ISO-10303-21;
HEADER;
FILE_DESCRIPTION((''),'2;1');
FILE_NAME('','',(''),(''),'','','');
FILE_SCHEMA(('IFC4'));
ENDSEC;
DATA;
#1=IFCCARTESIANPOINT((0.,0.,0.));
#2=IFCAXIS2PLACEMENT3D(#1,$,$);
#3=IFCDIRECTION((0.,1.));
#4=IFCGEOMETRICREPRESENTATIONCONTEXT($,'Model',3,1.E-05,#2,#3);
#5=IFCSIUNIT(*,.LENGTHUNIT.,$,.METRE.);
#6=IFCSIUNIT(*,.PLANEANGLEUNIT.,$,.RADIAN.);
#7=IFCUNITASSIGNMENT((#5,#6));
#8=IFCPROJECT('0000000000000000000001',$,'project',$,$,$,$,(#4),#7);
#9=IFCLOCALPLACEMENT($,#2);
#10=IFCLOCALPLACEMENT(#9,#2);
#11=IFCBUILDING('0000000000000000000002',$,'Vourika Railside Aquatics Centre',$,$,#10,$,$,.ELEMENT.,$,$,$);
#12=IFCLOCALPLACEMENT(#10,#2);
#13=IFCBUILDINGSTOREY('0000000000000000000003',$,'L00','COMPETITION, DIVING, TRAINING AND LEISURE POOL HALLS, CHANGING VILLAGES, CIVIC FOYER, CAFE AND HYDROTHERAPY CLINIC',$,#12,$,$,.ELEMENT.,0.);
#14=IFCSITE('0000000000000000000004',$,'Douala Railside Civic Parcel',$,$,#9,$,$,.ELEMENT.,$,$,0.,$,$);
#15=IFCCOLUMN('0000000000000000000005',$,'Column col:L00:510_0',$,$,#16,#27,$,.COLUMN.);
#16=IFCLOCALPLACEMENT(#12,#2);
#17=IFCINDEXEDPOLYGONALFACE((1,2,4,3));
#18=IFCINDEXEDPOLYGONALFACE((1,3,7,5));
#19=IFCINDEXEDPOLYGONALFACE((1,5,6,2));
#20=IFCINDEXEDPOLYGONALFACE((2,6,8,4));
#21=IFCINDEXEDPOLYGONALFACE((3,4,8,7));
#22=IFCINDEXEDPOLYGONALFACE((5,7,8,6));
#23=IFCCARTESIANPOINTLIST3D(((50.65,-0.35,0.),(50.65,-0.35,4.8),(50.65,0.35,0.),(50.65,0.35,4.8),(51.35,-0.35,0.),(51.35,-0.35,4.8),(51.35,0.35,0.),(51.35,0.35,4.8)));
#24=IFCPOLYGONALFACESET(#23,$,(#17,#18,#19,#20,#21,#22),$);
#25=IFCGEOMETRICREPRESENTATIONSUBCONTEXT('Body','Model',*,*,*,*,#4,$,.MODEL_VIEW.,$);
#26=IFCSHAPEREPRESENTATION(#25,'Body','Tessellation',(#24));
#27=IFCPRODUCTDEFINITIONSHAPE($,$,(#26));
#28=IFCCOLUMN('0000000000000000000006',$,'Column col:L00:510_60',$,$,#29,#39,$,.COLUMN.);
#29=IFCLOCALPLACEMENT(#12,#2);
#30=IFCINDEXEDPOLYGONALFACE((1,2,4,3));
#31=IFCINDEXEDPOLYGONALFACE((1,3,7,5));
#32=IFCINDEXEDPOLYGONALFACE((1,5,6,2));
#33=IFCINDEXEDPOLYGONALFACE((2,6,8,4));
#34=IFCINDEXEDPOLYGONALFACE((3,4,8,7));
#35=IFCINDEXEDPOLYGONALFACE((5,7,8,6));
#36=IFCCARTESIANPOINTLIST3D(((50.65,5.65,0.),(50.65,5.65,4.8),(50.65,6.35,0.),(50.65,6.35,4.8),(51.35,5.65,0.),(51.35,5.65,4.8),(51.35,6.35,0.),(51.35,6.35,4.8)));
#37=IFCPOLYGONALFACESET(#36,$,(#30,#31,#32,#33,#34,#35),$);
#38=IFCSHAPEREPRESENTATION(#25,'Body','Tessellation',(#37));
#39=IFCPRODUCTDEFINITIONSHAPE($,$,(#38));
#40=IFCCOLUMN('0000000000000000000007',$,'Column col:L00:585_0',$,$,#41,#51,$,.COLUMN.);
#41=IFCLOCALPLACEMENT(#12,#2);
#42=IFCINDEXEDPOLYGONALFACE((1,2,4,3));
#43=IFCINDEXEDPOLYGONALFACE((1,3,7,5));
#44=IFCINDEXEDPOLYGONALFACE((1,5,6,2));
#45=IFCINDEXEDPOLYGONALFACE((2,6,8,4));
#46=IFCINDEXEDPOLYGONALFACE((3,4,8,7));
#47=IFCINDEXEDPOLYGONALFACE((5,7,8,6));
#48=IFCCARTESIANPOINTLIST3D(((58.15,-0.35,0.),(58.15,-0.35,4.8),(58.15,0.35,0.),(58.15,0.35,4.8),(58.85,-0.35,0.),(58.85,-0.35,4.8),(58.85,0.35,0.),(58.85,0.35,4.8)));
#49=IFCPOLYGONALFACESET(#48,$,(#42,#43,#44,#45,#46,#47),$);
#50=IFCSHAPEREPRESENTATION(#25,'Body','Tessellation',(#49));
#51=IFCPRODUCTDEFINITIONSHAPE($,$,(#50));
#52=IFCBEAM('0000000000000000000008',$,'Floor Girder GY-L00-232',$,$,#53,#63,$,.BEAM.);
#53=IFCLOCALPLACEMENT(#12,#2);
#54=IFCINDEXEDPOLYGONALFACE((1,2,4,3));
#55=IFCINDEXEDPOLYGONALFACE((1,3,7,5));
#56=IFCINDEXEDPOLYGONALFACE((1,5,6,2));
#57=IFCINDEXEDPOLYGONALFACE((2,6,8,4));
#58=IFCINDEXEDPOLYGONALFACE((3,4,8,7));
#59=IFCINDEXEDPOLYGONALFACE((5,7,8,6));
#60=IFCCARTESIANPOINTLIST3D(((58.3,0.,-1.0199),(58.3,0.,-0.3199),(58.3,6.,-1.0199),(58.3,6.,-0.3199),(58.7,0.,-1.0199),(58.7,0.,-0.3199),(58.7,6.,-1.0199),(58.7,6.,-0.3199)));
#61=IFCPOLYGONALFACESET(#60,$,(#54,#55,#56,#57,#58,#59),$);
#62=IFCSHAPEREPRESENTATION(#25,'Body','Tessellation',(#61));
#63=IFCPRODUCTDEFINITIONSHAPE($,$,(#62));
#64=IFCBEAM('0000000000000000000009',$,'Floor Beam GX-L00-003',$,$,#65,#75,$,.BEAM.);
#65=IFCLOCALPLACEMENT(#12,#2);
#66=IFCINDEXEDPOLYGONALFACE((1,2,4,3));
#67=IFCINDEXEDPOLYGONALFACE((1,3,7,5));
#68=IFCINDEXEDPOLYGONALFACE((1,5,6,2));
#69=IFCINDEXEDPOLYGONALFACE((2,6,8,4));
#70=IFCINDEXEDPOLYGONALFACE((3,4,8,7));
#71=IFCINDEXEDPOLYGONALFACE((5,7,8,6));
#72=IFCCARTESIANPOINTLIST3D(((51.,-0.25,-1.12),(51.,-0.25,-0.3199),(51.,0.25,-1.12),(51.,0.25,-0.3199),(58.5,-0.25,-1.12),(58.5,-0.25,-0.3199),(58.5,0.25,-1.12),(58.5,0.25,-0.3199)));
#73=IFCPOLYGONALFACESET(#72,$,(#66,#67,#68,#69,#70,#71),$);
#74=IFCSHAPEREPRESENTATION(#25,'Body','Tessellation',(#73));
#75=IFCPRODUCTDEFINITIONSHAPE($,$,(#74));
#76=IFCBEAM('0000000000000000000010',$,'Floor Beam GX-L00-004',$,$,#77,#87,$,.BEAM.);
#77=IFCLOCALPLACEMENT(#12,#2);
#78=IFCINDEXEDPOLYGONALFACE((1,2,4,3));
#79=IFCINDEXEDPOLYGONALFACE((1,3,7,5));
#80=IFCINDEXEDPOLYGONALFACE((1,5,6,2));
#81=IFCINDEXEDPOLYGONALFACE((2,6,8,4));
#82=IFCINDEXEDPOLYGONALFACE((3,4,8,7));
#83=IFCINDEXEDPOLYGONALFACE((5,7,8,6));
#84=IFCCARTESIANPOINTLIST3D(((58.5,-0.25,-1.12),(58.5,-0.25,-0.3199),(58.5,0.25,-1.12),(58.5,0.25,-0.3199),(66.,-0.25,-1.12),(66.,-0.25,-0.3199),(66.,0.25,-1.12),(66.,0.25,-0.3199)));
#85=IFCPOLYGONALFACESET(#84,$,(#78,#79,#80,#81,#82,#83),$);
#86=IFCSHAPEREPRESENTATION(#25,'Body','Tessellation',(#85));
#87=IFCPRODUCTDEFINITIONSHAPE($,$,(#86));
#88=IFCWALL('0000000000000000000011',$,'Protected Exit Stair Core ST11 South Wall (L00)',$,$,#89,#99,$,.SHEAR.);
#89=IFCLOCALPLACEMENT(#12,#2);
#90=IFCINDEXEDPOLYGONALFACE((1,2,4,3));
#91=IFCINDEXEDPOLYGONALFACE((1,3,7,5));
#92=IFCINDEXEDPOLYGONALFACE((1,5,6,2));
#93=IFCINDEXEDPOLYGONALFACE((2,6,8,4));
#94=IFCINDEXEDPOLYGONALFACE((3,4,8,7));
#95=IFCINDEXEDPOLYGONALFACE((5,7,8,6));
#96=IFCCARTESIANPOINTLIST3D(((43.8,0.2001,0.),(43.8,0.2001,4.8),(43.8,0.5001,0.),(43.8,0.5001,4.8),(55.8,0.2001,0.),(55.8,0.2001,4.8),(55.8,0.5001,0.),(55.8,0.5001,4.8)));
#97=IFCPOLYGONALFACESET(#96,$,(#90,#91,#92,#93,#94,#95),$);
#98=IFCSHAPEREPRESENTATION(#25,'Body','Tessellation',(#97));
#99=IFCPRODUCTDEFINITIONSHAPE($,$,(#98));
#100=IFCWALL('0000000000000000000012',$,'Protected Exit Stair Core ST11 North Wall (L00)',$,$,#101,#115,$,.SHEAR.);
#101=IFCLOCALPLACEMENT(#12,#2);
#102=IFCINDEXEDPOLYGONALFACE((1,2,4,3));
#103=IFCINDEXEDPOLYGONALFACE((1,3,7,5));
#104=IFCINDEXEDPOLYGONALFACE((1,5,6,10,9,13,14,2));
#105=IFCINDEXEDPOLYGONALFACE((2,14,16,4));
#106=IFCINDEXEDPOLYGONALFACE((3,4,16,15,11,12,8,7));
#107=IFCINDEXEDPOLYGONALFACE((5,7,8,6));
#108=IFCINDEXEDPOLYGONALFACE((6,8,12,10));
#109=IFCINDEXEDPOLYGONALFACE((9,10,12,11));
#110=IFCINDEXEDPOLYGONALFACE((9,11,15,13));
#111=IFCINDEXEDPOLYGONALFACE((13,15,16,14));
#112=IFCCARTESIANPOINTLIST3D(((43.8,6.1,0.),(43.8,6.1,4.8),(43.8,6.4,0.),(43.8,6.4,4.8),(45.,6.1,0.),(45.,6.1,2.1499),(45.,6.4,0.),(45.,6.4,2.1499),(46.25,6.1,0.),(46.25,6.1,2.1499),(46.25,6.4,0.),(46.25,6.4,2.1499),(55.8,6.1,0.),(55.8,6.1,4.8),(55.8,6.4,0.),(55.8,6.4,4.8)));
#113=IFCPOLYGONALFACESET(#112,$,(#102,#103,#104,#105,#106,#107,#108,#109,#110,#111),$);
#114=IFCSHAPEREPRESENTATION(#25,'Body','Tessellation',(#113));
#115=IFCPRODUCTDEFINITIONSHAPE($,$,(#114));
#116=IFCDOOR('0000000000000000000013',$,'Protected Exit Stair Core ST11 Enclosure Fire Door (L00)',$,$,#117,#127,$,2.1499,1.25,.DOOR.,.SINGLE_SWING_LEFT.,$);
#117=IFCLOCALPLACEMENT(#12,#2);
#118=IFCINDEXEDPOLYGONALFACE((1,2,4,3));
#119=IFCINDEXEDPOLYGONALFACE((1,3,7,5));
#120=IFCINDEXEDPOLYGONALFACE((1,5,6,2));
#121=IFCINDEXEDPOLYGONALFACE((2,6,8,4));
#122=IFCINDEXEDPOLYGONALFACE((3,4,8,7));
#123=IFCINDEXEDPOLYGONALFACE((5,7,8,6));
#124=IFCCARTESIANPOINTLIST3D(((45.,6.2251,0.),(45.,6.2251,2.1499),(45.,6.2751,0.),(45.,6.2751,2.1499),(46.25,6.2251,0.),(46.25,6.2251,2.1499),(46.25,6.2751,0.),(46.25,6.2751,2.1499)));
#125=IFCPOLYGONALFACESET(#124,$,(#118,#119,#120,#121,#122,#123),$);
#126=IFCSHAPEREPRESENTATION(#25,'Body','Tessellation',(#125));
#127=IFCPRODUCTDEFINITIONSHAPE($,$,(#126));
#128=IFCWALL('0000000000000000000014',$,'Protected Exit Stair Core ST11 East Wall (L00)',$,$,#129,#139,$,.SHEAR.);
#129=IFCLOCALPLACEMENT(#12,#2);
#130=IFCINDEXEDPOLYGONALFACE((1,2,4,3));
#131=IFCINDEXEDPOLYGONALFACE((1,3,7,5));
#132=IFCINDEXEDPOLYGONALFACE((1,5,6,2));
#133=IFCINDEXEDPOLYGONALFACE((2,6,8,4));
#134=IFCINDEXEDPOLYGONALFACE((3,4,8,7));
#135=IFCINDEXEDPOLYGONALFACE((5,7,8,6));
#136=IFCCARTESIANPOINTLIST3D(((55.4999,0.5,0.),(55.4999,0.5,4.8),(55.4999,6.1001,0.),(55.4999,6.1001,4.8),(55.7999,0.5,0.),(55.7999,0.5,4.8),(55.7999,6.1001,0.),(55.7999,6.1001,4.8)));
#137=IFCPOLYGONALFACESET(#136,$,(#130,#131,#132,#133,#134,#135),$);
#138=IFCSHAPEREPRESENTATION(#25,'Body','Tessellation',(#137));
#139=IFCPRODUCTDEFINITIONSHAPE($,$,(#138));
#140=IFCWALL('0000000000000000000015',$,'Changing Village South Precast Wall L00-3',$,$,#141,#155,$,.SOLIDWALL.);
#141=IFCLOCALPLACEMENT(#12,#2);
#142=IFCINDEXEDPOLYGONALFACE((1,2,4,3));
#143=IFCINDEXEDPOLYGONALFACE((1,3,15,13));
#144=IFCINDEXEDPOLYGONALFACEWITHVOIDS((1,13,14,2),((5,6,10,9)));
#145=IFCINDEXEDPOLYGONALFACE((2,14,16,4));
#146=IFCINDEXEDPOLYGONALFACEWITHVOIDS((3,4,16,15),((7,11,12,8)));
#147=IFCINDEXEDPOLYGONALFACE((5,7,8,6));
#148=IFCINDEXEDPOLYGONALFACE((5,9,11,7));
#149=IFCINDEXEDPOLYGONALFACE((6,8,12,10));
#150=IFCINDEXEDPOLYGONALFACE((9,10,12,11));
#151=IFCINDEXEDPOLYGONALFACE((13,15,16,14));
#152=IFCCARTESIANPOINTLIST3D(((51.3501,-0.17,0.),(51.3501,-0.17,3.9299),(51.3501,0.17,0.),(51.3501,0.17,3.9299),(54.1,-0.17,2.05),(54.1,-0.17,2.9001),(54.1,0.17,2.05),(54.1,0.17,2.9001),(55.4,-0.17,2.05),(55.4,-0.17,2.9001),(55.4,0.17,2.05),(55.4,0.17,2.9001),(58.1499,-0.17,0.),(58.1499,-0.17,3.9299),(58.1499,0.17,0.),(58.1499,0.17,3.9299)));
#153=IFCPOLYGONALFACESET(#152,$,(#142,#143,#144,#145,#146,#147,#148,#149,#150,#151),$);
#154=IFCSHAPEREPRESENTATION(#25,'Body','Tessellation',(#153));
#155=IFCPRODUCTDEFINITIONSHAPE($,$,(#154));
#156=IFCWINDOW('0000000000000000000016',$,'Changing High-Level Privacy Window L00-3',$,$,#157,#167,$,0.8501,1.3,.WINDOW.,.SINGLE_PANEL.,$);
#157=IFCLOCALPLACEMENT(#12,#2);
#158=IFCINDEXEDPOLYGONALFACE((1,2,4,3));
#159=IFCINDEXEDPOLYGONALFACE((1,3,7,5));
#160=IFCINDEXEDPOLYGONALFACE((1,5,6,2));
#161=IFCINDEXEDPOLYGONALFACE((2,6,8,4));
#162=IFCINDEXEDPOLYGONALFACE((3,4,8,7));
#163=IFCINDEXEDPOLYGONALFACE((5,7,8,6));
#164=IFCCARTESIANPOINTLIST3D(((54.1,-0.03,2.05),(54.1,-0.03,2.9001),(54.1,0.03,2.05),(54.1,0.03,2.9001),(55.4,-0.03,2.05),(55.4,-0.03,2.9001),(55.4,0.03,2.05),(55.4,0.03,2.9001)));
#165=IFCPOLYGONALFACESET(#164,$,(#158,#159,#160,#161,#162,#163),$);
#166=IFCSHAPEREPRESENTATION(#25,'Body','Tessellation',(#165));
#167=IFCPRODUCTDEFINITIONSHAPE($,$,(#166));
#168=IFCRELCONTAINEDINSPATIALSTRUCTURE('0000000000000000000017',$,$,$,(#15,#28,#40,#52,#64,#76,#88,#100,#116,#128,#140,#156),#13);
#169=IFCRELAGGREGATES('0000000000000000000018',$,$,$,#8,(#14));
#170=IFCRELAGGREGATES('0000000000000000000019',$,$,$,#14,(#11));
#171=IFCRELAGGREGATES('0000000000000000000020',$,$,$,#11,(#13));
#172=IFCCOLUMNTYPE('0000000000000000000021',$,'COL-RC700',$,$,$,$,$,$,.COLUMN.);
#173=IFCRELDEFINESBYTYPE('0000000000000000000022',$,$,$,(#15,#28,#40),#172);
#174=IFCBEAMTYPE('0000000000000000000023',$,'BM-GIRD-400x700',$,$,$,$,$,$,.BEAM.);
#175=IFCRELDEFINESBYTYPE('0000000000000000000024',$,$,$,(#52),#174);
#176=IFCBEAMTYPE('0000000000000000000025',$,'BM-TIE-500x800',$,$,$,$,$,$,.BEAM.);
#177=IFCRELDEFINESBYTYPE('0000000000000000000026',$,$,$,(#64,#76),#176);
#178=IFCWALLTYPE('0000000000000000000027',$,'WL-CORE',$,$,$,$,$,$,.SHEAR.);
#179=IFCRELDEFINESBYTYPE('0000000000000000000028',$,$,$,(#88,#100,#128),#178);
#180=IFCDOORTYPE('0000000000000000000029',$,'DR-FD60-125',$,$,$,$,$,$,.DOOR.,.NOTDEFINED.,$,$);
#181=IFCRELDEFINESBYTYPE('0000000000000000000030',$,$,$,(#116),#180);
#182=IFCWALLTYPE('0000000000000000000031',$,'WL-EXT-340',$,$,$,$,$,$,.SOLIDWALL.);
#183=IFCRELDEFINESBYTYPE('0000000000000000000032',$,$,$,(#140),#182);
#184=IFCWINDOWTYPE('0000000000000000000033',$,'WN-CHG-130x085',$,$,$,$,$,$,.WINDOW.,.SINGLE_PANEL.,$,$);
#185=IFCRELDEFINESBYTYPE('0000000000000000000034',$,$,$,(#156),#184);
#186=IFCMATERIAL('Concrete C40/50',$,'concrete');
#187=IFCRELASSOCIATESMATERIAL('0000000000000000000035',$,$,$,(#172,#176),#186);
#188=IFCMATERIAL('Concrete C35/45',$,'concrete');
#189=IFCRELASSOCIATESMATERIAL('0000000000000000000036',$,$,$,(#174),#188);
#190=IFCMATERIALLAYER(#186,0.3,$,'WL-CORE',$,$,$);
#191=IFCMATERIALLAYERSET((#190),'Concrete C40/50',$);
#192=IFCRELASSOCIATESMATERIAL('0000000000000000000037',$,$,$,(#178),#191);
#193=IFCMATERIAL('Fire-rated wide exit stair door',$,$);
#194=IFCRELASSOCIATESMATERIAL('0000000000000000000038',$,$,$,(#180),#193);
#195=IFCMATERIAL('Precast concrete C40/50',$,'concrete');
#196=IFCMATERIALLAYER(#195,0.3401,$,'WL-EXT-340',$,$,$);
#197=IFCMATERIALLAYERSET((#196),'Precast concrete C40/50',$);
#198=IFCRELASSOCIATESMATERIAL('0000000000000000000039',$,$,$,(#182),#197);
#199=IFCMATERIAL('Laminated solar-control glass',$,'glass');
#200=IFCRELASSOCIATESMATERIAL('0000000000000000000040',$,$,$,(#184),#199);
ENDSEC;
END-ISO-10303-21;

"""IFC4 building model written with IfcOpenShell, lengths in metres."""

from ifc_helpers import new_model, si_unit, direction, frame, frame_2d, origin, origin_2d, place, context, subcontext, project, spatial, rectangle, extrude, material, layer, layer_set, material_profile, profile_set, type_object, element, fill, save


model = new_model("IFC4")

# Units and contexts
model_context = context("Model", 3, precision=1e-05, world=origin(), true_north=direction((0.0, 1.0)))
body_context = subcontext(model_context, "Body", "Model", "MODEL_VIEW")
ifc_project = project(units=[si_unit("LENGTHUNIT", "METRE"), si_unit("PLANEANGLEUNIT", "RADIAN")], contexts=[model_context])

# Site, building, storey
site_placement = place(None, origin())
site = spatial("IfcSite", under=ifc_project, at=site_placement, Name="Douala Railside Civic Parcel", CompositionType="ELEMENT", RefElevation=0.0)
building_placement = place(site_placement, origin())
building = spatial("IfcBuilding", under=site, at=building_placement, Name="Vourika Railside Aquatics Centre", CompositionType="ELEMENT")
storey_placement = place(building_placement, origin())
storey = spatial("IfcBuildingStorey", under=building, at=storey_placement, Name="L00", Description="COMPETITION, DIVING, TRAINING AND LEISURE POOL HALLS, CHANGING VILLAGES, CIVIC FOYER, CAFE AND HYDROTHERAPY CLINIC", CompositionType="ELEMENT", Elevation=0.0)

# Columns
ifc_material_1 = material(Name="Concrete C40/50", Category="concrete")
ifc_material_profile_1 = material_profile(ifc_material_1, rectangle(XDim=0.7, YDim=0.7, at=origin_2d()), Name="RC 700x700")
ifc_profile_set_1 = profile_set([ifc_material_profile_1], Name="Concrete C40/50")
column_type = type_object("IfcColumnType", Name="COL-RC700", PredefinedType="COLUMN", material=ifc_profile_set_1)
for number, where, z_axis, x_axis, name in (
    (1, (51.0, 0.0, 0.0), (0.0, 0.0, 1.0), (1.0, 0.0, 0.0), "Column col:L00:510_0"),
    (2, (51.0, 6.0, 0.0), (0.0, 0.0, 1.0), (1.0, 0.0, 0.0), "Column col:L00:510_60"),
    (3, (58.5, 0.0, 0.0), (0.0, 0.0, 1.0), (1.0, 0.0, 0.0), "Column col:L00:585_0"),
):
    element("IfcColumn", number, at=place(storey_placement, frame(where, z_axis=z_axis, x_axis=x_axis)), inside=storey, type_object=column_type, Name=name, PredefinedType="COLUMN", context=body_context, shape_type="SweptSolid", body=[
        extrude(rectangle(XDim=0.7, YDim=0.7, at=origin_2d()), origin(), (0.0, 0.0, 1.0), 4.8),
    ])

# Beams
ifc_material_2 = material(Name="Concrete C35/45", Category="concrete")
ifc_material_profile_2 = material_profile(ifc_material_2, rectangle(XDim=0.3999, YDim=0.7, at=origin_2d()), Name="RC 400x700")
ifc_profile_set_2 = profile_set([ifc_material_profile_2], Name="Concrete C35/45")
beam_type_1 = type_object("IfcBeamType", Name="BM-GIRD-400x700", PredefinedType="BEAM", material=ifc_profile_set_2)
beam_placement = place(storey_placement, frame((58.5, 0.0, -0.6699), z_axis=(0.0, 1.0, 0.0), x_axis=(-1.0, 0.0, 0.0)))
element("IfcBeam", 4, at=beam_placement, inside=storey, type_object=beam_type_1, Name="Floor Girder GY-L00-232", PredefinedType="BEAM", context=body_context, shape_type="SweptSolid", body=[
    extrude(rectangle(XDim=0.3999, YDim=0.7, at=origin_2d()), origin(), (0.0, 0.0, 1.0), 6.0),
])
ifc_material_profile_3 = material_profile(ifc_material_1, rectangle(XDim=0.5, YDim=0.8, at=origin_2d()), Name="RC 500x800")
ifc_profile_set_3 = profile_set([ifc_material_profile_3], Name="Concrete C40/50")
beam_type_2 = type_object("IfcBeamType", Name="BM-TIE-500x800", PredefinedType="BEAM", material=ifc_profile_set_3)
for number, where, z_axis, x_axis, name in (
    (5, (51.0, 0.0, -0.72), (1.0, 0.0, 0.0), (0.0, 1.0, 0.0), "Floor Beam GX-L00-003"),
    (6, (58.5, 0.0, -0.72), (1.0, 0.0, 0.0), (0.0, 1.0, 0.0), "Floor Beam GX-L00-004"),
):
    element("IfcBeam", number, at=place(storey_placement, frame(where, z_axis=z_axis, x_axis=x_axis)), inside=storey, type_object=beam_type_2, Name=name, PredefinedType="BEAM", context=body_context, shape_type="SweptSolid", body=[
        extrude(rectangle(XDim=0.5, YDim=0.8, at=origin_2d()), origin(), (0.0, 0.0, 1.0), 7.5),
    ])

# Wall
ifc_layer_1 = layer(ifc_material_1, 0.3, Name="WL-CORE")
ifc_layer_set_1 = layer_set([ifc_layer_1], Name="Concrete C40/50")
wall_type_1 = type_object("IfcWallType", Name="WL-CORE", PredefinedType="SHEAR", material=ifc_layer_set_1)
wall_1_placement = place(storey_placement, frame((55.8, 0.3501, 0.0), z_axis=(0.0, 0.0, 1.0), x_axis=(-1.0, 0.0, 0.0)))
element("IfcWall", 7, at=wall_1_placement, inside=storey, type_object=wall_type_1, Name="Protected Exit Stair Core ST11 South Wall (L00)", PredefinedType="SHEAR", context=body_context, shape_type="SweptSolid", body=[
    extrude(rectangle(XDim=12.0, YDim=0.3, at=frame_2d((6.0, 0.0))), origin(), (0.0, 0.0, 1.0), 4.8),
])

# Wall, opening, door
wall_2_placement = place(storey_placement, frame((55.8, 6.25, 0.0), z_axis=(0.0, 0.0, 1.0), x_axis=(-1.0, 0.0, 0.0)))
wall_2 = element("IfcWall", 8, at=wall_2_placement, inside=storey, type_object=wall_type_1, Name="Protected Exit Stair Core ST11 North Wall (L00)", PredefinedType="SHEAR", context=body_context, shape_type="SweptSolid", body=[
    extrude(rectangle(XDim=12.0, YDim=0.3, at=frame_2d((6.0, 0.0))), origin(), (0.0, 0.0, 1.0), 4.8),
])
opening_1_placement = place(wall_2_placement, frame((9.55, 0.0, 0.0)))
opening_1 = element("IfcOpeningElement", 9, at=opening_1_placement, cuts=wall_2, PredefinedType="OPENING", context=body_context, shape_type="SweptSolid", body=[
    extrude(rectangle(XDim=1.25, YDim=2.1499, at=frame_2d((0.625, 1.075))), frame((0.0, 0.1602, 0.0), z_axis=(0.0, -1.0, 0.0), x_axis=(1.0, 0.0, 0.0)), (0.0, 0.0, 1.0), 0.3201),
])
ifc_material_3 = material(Name="Fire-rated wide exit stair door")
door_type_1 = type_object("IfcDoorType", Name="DR-FD60-125", OperationType="NOTDEFINED", PredefinedType="DOOR", material=ifc_material_3)
door_1_placement = place(opening_1_placement, origin())
door_1 = element("IfcDoor", 10, at=door_1_placement, inside=storey, type_object=door_type_1, Name="Protected Exit Stair Core ST11 Enclosure Fire Door (L00)", OperationType="SINGLE_SWING_LEFT", OverallHeight=2.1499, OverallWidth=1.25, PredefinedType="DOOR", context=body_context, shape_type="SweptSolid", body=[
    extrude(rectangle(XDim=1.25, YDim=2.1499, at=frame_2d((0.625, 1.075))), frame((0.0, 0.0249, 0.0), z_axis=(0.0, -1.0, 0.0), x_axis=(1.0, 0.0, 0.0)), (0.0, 0.0, 1.0), 0.05),
])
fill(opening_1, door_1)

# Wall
wall_3_placement = place(storey_placement, frame((55.6499, 0.5, 0.0), z_axis=(0.0, 0.0, 1.0), x_axis=(0.0, 1.0, 0.0)))
element("IfcWall", 11, at=wall_3_placement, inside=storey, type_object=wall_type_1, Name="Protected Exit Stair Core ST11 East Wall (L00)", PredefinedType="SHEAR", context=body_context, shape_type="SweptSolid", body=[
    extrude(rectangle(XDim=5.6001, YDim=0.3, at=frame_2d((2.8, 0.0))), origin(), (0.0, 0.0, 1.0), 4.8),
])

# Wall, opening, window
ifc_material_4 = material(Name="Precast concrete C40/50", Category="concrete")
ifc_layer_2 = layer(ifc_material_4, 0.3401, Name="WL-EXT-340")
ifc_layer_set_2 = layer_set([ifc_layer_2], Name="Precast concrete C40/50")
wall_type_2 = type_object("IfcWallType", Name="WL-EXT-340", PredefinedType="SOLIDWALL", material=ifc_layer_set_2)
wall_4_placement = place(storey_placement, frame((51.3501, 0.0, 0.0), z_axis=(0.0, 0.0, 1.0), x_axis=(1.0, 0.0, 0.0)))
wall_4 = element("IfcWall", 12, at=wall_4_placement, inside=storey, type_object=wall_type_2, Name="Changing Village South Precast Wall L00-3", PredefinedType="SOLIDWALL", context=body_context, shape_type="SweptSolid", body=[
    extrude(rectangle(XDim=6.7998, YDim=0.3401, at=frame_2d((3.3999, 0.0))), origin(), (0.0, 0.0, 1.0), 3.9299),
])
opening_2_placement = place(wall_4_placement, frame((2.75, 0.0, 2.05)))
opening_2 = element("IfcOpeningElement", 13, at=opening_2_placement, cuts=wall_4, PredefinedType="OPENING", context=body_context, shape_type="SweptSolid", body=[
    extrude(rectangle(XDim=1.3, YDim=0.8501, at=frame_2d((0.6499, 0.425))), frame((0.0, 0.1802, 0.0), z_axis=(0.0, -1.0, 0.0), x_axis=(1.0, 0.0, 0.0)), (0.0, 0.0, 1.0), 0.3601),
])
ifc_material_5 = material(Name="Laminated solar-control glass", Category="glass")
window_type = type_object("IfcWindowType", Name="WN-CHG-130x085", PartitioningType="SINGLE_PANEL", PredefinedType="WINDOW", material=ifc_material_5)
window_placement = place(opening_2_placement, origin())
window = element("IfcWindow", 14, at=window_placement, inside=storey, type_object=window_type, Name="Changing High-Level Privacy Window L00-3", OverallHeight=0.8501, OverallWidth=1.3, PartitioningType="SINGLE_PANEL", PredefinedType="WINDOW", context=body_context, shape_type="SweptSolid", body=[
    extrude(rectangle(XDim=1.3, YDim=0.8501, at=frame_2d((0.6499, 0.425))), frame((0.0, 0.03, 0.0), z_axis=(0.0, -1.0, 0.0), x_axis=(1.0, 0.0, 0.0)), (0.0, 0.0, 1.0), 0.0601),
])
fill(opening_2, window)

save(model, "model.ifc")
